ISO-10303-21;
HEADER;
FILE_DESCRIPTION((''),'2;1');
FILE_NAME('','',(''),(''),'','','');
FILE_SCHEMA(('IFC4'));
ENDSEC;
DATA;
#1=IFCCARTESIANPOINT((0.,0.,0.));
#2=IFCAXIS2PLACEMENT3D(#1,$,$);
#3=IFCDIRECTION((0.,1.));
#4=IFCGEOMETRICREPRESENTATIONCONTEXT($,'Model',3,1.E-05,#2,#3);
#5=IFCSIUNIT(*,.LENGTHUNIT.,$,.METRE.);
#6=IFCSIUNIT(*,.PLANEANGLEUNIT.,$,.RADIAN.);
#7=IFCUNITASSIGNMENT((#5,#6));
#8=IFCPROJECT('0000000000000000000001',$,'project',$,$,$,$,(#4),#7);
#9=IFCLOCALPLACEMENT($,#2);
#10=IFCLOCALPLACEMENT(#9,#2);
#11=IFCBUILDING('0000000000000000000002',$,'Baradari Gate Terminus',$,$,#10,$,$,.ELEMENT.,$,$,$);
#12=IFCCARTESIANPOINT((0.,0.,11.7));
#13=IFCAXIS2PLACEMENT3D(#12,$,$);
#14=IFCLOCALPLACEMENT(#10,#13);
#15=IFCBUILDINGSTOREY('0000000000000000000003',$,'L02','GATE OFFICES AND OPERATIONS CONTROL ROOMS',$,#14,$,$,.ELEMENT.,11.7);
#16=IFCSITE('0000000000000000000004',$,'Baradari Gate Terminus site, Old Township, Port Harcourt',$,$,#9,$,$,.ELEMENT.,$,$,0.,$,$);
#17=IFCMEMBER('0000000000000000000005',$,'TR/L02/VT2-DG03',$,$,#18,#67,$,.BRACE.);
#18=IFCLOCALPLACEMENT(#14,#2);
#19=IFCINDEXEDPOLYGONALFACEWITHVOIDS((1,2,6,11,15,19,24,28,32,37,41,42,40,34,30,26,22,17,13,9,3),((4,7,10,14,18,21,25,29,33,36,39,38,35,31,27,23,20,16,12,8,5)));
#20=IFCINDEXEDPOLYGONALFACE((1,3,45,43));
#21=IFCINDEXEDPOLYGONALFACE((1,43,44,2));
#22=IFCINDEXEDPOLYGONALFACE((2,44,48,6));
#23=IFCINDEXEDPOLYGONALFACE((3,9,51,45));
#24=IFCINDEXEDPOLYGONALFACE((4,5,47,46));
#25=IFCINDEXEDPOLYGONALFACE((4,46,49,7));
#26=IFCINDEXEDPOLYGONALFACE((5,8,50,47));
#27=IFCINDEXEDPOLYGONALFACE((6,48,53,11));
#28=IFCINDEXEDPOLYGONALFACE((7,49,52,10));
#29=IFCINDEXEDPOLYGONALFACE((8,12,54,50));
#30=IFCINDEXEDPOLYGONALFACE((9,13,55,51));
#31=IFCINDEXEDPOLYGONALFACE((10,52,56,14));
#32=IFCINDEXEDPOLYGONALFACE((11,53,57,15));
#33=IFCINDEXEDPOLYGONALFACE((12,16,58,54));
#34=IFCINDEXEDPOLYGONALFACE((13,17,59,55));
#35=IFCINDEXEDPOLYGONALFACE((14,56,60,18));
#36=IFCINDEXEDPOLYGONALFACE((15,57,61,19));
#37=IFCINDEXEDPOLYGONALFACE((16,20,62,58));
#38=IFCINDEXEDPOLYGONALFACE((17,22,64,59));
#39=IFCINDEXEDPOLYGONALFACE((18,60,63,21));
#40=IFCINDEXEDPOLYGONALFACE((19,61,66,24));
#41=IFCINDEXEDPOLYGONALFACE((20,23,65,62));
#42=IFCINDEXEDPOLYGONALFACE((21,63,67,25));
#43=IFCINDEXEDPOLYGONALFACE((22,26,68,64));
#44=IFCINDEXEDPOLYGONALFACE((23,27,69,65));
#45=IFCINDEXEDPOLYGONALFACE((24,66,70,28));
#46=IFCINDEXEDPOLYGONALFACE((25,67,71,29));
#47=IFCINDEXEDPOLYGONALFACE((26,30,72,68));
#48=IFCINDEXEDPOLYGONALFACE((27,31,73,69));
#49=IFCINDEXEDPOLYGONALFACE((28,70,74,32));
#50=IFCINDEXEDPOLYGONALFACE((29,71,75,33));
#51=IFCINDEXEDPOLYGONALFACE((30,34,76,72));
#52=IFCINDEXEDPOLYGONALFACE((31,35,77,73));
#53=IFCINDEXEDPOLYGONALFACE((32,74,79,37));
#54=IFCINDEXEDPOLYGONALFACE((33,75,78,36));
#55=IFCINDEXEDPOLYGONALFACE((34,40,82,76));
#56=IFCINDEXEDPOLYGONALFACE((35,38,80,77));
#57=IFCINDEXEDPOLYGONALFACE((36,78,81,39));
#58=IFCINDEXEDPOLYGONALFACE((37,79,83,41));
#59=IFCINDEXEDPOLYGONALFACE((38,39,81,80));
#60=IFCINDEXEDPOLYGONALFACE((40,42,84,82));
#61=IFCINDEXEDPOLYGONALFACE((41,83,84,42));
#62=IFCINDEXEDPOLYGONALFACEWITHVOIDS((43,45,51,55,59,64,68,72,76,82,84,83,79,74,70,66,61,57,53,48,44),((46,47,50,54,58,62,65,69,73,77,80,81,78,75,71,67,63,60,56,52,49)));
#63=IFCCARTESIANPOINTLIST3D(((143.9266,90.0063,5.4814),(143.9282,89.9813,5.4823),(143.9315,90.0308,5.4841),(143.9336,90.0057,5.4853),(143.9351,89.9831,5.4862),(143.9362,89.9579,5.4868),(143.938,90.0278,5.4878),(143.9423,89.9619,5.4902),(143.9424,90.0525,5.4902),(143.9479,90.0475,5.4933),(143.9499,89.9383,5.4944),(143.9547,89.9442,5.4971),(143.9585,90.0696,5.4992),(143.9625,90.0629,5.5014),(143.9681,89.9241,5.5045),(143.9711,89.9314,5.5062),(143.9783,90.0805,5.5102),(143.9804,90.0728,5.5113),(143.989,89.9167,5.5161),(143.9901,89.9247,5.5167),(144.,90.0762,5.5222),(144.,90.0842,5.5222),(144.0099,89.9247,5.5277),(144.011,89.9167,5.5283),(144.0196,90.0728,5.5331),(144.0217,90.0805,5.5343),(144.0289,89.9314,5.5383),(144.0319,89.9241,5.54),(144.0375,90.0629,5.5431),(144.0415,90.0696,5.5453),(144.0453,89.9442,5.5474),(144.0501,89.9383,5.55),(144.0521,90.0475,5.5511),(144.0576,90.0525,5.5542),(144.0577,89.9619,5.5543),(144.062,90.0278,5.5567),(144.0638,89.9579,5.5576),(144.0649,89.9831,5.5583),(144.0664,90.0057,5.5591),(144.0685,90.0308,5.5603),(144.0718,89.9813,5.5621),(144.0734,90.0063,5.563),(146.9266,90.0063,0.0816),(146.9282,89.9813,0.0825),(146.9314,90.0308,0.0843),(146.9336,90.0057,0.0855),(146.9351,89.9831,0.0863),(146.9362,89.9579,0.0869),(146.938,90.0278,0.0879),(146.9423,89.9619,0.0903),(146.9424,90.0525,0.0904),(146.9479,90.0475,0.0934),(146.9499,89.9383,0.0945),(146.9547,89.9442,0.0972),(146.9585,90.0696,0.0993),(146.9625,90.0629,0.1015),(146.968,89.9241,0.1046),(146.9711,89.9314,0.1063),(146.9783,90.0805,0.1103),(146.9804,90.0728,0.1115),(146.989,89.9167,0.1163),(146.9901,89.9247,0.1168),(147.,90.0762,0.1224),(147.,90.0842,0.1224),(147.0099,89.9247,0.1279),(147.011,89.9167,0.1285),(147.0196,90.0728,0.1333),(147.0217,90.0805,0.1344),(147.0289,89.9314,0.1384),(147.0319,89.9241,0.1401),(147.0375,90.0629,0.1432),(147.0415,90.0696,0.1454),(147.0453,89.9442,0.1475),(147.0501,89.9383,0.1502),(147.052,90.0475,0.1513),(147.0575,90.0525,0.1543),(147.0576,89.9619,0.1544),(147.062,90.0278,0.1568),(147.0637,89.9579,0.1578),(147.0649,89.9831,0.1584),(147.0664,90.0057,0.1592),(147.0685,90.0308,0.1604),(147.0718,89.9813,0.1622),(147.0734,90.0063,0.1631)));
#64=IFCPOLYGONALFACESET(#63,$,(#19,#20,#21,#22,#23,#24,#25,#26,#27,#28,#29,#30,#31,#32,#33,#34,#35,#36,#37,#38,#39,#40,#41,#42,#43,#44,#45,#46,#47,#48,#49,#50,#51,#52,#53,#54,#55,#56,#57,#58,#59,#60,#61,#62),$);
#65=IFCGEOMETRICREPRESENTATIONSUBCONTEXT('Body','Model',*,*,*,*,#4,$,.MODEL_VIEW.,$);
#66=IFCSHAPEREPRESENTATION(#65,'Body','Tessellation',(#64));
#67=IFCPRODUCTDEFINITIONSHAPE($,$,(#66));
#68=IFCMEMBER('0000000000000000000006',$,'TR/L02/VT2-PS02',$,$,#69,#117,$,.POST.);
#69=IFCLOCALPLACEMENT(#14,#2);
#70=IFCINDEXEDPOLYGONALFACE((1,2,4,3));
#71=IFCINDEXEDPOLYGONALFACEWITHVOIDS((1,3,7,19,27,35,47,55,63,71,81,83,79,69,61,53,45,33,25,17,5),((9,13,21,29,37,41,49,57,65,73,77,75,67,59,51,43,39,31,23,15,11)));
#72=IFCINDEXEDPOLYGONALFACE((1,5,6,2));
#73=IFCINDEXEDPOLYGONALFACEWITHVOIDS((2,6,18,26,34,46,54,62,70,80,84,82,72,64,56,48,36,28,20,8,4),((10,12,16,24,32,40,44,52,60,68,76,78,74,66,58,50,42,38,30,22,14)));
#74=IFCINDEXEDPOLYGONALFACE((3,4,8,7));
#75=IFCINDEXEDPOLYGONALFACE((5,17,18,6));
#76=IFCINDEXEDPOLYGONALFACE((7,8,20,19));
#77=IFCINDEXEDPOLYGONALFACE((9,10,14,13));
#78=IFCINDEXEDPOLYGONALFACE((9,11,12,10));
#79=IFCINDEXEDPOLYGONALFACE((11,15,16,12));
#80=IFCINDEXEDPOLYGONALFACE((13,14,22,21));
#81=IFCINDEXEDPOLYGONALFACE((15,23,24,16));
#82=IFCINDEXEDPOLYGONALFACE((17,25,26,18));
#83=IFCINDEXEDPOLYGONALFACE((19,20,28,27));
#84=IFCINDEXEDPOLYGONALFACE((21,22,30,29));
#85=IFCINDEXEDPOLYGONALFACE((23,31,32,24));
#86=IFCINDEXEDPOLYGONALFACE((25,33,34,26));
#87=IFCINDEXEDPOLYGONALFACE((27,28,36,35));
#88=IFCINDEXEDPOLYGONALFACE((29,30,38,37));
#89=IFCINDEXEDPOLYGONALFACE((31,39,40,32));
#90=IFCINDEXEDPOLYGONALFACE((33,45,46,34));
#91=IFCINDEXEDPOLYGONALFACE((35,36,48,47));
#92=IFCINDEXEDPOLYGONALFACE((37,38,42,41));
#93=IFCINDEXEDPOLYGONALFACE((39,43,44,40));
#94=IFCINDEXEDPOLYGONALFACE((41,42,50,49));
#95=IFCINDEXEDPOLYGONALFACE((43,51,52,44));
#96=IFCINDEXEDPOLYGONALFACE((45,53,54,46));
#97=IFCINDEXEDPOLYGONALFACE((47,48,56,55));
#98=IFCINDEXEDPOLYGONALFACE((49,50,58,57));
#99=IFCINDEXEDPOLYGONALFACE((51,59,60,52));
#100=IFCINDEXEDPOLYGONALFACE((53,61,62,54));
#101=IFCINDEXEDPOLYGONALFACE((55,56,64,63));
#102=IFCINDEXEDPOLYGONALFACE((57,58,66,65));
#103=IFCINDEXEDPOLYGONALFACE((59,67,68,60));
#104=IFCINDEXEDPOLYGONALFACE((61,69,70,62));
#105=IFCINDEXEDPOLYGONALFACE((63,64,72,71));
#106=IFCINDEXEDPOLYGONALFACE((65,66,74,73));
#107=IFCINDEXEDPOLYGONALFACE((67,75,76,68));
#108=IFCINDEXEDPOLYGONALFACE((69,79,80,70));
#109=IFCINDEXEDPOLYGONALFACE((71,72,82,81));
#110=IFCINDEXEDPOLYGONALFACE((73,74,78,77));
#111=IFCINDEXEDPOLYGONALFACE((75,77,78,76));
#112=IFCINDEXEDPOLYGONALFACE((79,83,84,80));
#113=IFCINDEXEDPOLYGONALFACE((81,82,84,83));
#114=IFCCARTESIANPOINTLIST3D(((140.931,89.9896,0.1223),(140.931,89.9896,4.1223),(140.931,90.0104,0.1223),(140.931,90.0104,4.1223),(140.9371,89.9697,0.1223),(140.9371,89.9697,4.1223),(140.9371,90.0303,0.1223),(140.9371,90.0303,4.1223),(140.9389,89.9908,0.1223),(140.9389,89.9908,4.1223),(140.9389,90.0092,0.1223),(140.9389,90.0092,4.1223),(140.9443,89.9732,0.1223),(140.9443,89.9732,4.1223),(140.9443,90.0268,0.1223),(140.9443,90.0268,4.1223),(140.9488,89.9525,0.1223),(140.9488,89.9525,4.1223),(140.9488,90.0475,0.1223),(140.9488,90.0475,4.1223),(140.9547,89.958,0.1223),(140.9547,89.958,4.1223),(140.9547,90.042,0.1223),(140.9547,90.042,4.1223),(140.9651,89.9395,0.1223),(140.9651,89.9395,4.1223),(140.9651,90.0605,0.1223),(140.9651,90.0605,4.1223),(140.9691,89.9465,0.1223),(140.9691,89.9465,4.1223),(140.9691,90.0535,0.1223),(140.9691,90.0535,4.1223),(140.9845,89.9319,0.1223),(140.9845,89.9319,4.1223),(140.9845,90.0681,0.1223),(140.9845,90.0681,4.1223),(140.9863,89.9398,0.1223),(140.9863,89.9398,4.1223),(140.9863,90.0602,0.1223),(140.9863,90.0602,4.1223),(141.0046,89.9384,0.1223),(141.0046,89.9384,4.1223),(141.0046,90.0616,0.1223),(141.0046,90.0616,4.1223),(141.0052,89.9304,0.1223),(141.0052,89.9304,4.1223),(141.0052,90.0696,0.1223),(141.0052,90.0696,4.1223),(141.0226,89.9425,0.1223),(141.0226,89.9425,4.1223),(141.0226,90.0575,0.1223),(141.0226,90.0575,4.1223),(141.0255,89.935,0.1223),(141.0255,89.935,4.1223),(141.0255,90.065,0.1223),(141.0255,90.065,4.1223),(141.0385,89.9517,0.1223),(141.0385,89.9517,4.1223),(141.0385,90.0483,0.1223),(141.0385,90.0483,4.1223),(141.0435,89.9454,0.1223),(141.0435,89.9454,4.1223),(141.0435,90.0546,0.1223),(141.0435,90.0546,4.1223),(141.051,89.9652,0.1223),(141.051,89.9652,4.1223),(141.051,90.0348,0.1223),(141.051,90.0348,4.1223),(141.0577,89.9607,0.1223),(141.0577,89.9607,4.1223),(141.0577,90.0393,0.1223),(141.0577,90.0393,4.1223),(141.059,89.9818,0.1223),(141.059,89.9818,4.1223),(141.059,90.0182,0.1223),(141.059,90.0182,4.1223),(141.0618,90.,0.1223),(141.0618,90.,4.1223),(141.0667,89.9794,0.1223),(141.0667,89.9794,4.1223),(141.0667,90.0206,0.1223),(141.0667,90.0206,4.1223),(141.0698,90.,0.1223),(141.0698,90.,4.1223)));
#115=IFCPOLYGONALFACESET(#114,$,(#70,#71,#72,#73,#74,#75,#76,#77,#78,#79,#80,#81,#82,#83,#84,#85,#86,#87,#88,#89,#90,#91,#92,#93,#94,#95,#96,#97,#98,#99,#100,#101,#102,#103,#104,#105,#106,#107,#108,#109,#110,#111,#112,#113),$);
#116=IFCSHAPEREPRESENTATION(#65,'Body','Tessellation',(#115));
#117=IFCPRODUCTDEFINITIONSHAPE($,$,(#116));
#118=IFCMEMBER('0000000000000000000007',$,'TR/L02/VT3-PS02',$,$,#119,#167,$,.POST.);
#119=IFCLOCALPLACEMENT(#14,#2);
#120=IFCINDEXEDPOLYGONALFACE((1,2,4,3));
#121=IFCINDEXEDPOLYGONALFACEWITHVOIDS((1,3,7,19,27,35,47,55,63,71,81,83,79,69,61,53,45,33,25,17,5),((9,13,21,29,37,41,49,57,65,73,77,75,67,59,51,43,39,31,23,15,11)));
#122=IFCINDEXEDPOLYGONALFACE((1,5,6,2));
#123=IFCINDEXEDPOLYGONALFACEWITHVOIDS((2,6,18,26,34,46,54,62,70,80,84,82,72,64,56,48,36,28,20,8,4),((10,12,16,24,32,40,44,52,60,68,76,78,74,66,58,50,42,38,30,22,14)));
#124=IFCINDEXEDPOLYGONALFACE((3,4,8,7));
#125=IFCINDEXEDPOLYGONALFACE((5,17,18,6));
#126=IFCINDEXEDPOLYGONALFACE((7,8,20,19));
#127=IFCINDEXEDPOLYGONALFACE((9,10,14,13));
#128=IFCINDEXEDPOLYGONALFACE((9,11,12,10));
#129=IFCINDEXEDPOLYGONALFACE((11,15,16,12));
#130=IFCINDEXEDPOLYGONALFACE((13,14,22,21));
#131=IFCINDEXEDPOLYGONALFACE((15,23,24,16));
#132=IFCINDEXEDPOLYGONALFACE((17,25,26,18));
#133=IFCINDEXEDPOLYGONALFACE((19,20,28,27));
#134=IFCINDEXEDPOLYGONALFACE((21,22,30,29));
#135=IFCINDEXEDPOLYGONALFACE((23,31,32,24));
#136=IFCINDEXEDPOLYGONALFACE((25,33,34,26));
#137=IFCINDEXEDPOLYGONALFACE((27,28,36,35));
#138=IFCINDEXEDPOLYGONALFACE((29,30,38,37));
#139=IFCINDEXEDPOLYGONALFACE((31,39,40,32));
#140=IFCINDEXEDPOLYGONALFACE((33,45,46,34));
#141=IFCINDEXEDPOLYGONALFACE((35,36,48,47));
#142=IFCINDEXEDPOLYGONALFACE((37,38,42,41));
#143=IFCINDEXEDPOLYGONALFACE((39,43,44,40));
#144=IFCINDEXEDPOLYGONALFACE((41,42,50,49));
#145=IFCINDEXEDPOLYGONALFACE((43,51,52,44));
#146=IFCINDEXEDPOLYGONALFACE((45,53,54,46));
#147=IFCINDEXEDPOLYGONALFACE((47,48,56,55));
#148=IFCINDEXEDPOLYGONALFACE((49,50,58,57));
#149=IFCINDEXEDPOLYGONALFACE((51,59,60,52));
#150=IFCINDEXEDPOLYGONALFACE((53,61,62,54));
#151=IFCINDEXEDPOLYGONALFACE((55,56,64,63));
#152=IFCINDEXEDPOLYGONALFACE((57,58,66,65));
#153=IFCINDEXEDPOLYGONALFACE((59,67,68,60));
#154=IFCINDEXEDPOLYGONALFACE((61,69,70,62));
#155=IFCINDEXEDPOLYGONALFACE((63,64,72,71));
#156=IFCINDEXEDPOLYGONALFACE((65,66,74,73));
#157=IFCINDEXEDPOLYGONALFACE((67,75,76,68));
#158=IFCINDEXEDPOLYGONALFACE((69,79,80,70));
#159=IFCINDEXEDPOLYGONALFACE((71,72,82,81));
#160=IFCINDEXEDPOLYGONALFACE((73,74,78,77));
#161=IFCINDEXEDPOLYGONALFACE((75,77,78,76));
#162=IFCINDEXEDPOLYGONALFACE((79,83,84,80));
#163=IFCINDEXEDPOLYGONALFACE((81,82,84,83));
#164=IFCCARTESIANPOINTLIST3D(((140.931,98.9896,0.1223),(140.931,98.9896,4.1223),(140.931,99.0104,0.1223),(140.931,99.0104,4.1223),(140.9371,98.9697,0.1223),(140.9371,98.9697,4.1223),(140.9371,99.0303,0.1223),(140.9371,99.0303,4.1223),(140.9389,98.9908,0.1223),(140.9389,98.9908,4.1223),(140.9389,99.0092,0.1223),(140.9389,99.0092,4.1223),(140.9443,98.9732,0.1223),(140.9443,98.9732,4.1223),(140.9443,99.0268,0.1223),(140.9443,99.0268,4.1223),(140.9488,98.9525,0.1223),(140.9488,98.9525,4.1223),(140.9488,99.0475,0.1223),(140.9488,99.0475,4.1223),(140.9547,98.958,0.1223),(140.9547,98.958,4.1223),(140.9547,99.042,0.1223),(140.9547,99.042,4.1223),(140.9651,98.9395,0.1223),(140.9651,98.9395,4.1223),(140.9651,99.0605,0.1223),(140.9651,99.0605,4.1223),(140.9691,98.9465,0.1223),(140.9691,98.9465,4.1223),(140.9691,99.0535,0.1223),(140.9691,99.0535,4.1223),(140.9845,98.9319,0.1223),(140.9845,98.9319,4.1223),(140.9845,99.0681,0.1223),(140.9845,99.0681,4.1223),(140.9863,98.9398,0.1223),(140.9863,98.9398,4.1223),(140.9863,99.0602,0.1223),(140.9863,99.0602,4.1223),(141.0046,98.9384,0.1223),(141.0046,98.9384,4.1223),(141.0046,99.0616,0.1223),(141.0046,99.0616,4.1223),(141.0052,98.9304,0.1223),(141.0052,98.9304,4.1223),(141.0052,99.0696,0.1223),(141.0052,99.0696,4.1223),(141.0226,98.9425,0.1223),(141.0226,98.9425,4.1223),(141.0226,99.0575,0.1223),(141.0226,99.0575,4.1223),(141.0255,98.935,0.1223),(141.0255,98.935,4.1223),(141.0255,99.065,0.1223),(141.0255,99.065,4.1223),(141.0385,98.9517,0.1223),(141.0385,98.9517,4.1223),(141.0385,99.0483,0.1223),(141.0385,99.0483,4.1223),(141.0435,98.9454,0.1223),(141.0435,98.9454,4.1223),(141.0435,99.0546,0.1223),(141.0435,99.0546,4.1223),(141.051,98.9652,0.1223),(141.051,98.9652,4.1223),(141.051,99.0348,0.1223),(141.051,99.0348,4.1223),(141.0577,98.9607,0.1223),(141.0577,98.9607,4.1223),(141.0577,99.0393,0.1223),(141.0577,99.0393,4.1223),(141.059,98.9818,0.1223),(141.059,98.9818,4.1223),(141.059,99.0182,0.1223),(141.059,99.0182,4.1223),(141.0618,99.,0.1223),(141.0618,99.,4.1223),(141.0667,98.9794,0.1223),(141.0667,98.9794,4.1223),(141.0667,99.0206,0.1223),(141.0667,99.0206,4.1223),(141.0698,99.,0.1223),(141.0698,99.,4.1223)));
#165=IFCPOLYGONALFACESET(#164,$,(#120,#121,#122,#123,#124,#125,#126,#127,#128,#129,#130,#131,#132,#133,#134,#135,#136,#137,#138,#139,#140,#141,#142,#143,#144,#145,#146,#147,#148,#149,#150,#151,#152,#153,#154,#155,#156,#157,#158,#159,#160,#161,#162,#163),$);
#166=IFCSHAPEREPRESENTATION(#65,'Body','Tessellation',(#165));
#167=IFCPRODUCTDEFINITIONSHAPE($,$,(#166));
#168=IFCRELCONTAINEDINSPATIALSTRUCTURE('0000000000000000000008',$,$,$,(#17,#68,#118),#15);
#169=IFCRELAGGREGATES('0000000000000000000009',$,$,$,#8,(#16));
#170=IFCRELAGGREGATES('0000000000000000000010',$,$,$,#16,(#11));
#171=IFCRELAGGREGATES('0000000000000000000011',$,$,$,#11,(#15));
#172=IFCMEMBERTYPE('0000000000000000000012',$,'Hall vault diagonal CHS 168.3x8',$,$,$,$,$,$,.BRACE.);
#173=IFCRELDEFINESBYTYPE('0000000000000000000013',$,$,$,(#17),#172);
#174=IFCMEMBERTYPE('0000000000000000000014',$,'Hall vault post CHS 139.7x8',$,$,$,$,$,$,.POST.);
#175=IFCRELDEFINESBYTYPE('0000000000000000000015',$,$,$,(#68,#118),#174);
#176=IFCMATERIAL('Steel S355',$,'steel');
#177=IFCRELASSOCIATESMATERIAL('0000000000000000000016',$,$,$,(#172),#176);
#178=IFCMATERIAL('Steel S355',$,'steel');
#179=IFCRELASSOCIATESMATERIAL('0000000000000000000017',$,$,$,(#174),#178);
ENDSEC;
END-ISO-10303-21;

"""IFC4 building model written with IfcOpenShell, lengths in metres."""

from ifc_helpers import new_model, si_unit, direction, frame, origin, origin_2d, place, context, subcontext, project, spatial, hollow_circle, extrude, material, material_profile, profile_set, type_object, element, save


model = new_model("IFC4")

# Units and contexts
model_context = context("Model", 3, precision=1e-05, world=origin(), true_north=direction((0.0, 1.0)))
body_context = subcontext(model_context, "Body", "Model", "MODEL_VIEW")
ifc_project = project(units=[si_unit("LENGTHUNIT", "METRE"), si_unit("PLANEANGLEUNIT", "RADIAN")], contexts=[model_context])

# Site, building, storey
site_placement = place(None, origin())
site = spatial("IfcSite", under=ifc_project, at=site_placement, Name="Baradari Gate Terminus site, Old Township, Port Harcourt", CompositionType="ELEMENT", RefElevation=0.0)
building_placement = place(site_placement, origin())
building = spatial("IfcBuilding", under=site, at=building_placement, Name="Baradari Gate Terminus", CompositionType="ELEMENT")
storey_placement = place(building_placement, frame((0.0, 0.0, 11.7)))
storey = spatial("IfcBuildingStorey", under=building, at=storey_placement, Name="L02", Description="GATE OFFICES AND OPERATIONS CONTROL ROOMS", CompositionType="ELEMENT", Elevation=11.7)

# Members
ifc_material_1 = material(Name="Steel S355", Category="steel")
ifc_material_profile_1 = material_profile(ifc_material_1, hollow_circle(Radius=0.0842, WallThickness=0.0081, at=origin_2d()), Name="CHS 168.3x8")
ifc_profile_set_1 = profile_set([ifc_material_profile_1], Name="Steel S355")
member_type_1 = type_object("IfcMemberType", Name="Hall vault diagonal CHS 168.3x8", PredefinedType="BRACE", material=ifc_profile_set_1)
for number, where, z_axis, x_axis, name in (
    (1, (144.0, 90.0, 5.5222), (0.48565, 0.0, -0.874154), (0.0, 1.0, 0.0), "TR/L02/VT2-DG03"),
):
    element("IfcMember", number, at=place(storey_placement, frame(where, z_axis=z_axis, x_axis=x_axis)), inside=storey, type_object=member_type_1, Name=name, PredefinedType="BRACE", context=body_context, shape_type="SweptSolid", body=[
        extrude(hollow_circle(Radius=0.0842, WallThickness=0.0081, at=origin_2d()), origin(), (0.0, 0.0, 1.0), 6.1772),
    ])
ifc_material_2 = material(Name="Steel S355", Category="steel")
ifc_material_profile_2 = material_profile(ifc_material_2, hollow_circle(Radius=0.0698, WallThickness=0.0081, at=origin_2d()), Name="CHS 139.7x8")
ifc_profile_set_2 = profile_set([ifc_material_profile_2], Name="Steel S355")
member_type_2 = type_object("IfcMemberType", Name="Hall vault post CHS 139.7x8", PredefinedType="POST", material=ifc_profile_set_2)
for number, where, z_axis, x_axis, name in (
    (2, (141.0, 90.0, 0.1223), (0.0, 0.0, 1.0), (1.0, 0.0, 0.0), "TR/L02/VT2-PS02"),
    (3, (141.0, 99.0, 0.1223), (0.0, 0.0, 1.0), (1.0, 0.0, 0.0), "TR/L02/VT3-PS02"),
):
    element("IfcMember", number, at=place(storey_placement, frame(where, z_axis=z_axis, x_axis=x_axis)), inside=storey, type_object=member_type_2, Name=name, PredefinedType="POST", context=body_context, shape_type="SweptSolid", body=[
        extrude(hollow_circle(Radius=0.0698, WallThickness=0.0081, at=origin_2d()), origin(), (0.0, 0.0, 1.0), 4.0),
    ])

save(model, "model.ifc")
